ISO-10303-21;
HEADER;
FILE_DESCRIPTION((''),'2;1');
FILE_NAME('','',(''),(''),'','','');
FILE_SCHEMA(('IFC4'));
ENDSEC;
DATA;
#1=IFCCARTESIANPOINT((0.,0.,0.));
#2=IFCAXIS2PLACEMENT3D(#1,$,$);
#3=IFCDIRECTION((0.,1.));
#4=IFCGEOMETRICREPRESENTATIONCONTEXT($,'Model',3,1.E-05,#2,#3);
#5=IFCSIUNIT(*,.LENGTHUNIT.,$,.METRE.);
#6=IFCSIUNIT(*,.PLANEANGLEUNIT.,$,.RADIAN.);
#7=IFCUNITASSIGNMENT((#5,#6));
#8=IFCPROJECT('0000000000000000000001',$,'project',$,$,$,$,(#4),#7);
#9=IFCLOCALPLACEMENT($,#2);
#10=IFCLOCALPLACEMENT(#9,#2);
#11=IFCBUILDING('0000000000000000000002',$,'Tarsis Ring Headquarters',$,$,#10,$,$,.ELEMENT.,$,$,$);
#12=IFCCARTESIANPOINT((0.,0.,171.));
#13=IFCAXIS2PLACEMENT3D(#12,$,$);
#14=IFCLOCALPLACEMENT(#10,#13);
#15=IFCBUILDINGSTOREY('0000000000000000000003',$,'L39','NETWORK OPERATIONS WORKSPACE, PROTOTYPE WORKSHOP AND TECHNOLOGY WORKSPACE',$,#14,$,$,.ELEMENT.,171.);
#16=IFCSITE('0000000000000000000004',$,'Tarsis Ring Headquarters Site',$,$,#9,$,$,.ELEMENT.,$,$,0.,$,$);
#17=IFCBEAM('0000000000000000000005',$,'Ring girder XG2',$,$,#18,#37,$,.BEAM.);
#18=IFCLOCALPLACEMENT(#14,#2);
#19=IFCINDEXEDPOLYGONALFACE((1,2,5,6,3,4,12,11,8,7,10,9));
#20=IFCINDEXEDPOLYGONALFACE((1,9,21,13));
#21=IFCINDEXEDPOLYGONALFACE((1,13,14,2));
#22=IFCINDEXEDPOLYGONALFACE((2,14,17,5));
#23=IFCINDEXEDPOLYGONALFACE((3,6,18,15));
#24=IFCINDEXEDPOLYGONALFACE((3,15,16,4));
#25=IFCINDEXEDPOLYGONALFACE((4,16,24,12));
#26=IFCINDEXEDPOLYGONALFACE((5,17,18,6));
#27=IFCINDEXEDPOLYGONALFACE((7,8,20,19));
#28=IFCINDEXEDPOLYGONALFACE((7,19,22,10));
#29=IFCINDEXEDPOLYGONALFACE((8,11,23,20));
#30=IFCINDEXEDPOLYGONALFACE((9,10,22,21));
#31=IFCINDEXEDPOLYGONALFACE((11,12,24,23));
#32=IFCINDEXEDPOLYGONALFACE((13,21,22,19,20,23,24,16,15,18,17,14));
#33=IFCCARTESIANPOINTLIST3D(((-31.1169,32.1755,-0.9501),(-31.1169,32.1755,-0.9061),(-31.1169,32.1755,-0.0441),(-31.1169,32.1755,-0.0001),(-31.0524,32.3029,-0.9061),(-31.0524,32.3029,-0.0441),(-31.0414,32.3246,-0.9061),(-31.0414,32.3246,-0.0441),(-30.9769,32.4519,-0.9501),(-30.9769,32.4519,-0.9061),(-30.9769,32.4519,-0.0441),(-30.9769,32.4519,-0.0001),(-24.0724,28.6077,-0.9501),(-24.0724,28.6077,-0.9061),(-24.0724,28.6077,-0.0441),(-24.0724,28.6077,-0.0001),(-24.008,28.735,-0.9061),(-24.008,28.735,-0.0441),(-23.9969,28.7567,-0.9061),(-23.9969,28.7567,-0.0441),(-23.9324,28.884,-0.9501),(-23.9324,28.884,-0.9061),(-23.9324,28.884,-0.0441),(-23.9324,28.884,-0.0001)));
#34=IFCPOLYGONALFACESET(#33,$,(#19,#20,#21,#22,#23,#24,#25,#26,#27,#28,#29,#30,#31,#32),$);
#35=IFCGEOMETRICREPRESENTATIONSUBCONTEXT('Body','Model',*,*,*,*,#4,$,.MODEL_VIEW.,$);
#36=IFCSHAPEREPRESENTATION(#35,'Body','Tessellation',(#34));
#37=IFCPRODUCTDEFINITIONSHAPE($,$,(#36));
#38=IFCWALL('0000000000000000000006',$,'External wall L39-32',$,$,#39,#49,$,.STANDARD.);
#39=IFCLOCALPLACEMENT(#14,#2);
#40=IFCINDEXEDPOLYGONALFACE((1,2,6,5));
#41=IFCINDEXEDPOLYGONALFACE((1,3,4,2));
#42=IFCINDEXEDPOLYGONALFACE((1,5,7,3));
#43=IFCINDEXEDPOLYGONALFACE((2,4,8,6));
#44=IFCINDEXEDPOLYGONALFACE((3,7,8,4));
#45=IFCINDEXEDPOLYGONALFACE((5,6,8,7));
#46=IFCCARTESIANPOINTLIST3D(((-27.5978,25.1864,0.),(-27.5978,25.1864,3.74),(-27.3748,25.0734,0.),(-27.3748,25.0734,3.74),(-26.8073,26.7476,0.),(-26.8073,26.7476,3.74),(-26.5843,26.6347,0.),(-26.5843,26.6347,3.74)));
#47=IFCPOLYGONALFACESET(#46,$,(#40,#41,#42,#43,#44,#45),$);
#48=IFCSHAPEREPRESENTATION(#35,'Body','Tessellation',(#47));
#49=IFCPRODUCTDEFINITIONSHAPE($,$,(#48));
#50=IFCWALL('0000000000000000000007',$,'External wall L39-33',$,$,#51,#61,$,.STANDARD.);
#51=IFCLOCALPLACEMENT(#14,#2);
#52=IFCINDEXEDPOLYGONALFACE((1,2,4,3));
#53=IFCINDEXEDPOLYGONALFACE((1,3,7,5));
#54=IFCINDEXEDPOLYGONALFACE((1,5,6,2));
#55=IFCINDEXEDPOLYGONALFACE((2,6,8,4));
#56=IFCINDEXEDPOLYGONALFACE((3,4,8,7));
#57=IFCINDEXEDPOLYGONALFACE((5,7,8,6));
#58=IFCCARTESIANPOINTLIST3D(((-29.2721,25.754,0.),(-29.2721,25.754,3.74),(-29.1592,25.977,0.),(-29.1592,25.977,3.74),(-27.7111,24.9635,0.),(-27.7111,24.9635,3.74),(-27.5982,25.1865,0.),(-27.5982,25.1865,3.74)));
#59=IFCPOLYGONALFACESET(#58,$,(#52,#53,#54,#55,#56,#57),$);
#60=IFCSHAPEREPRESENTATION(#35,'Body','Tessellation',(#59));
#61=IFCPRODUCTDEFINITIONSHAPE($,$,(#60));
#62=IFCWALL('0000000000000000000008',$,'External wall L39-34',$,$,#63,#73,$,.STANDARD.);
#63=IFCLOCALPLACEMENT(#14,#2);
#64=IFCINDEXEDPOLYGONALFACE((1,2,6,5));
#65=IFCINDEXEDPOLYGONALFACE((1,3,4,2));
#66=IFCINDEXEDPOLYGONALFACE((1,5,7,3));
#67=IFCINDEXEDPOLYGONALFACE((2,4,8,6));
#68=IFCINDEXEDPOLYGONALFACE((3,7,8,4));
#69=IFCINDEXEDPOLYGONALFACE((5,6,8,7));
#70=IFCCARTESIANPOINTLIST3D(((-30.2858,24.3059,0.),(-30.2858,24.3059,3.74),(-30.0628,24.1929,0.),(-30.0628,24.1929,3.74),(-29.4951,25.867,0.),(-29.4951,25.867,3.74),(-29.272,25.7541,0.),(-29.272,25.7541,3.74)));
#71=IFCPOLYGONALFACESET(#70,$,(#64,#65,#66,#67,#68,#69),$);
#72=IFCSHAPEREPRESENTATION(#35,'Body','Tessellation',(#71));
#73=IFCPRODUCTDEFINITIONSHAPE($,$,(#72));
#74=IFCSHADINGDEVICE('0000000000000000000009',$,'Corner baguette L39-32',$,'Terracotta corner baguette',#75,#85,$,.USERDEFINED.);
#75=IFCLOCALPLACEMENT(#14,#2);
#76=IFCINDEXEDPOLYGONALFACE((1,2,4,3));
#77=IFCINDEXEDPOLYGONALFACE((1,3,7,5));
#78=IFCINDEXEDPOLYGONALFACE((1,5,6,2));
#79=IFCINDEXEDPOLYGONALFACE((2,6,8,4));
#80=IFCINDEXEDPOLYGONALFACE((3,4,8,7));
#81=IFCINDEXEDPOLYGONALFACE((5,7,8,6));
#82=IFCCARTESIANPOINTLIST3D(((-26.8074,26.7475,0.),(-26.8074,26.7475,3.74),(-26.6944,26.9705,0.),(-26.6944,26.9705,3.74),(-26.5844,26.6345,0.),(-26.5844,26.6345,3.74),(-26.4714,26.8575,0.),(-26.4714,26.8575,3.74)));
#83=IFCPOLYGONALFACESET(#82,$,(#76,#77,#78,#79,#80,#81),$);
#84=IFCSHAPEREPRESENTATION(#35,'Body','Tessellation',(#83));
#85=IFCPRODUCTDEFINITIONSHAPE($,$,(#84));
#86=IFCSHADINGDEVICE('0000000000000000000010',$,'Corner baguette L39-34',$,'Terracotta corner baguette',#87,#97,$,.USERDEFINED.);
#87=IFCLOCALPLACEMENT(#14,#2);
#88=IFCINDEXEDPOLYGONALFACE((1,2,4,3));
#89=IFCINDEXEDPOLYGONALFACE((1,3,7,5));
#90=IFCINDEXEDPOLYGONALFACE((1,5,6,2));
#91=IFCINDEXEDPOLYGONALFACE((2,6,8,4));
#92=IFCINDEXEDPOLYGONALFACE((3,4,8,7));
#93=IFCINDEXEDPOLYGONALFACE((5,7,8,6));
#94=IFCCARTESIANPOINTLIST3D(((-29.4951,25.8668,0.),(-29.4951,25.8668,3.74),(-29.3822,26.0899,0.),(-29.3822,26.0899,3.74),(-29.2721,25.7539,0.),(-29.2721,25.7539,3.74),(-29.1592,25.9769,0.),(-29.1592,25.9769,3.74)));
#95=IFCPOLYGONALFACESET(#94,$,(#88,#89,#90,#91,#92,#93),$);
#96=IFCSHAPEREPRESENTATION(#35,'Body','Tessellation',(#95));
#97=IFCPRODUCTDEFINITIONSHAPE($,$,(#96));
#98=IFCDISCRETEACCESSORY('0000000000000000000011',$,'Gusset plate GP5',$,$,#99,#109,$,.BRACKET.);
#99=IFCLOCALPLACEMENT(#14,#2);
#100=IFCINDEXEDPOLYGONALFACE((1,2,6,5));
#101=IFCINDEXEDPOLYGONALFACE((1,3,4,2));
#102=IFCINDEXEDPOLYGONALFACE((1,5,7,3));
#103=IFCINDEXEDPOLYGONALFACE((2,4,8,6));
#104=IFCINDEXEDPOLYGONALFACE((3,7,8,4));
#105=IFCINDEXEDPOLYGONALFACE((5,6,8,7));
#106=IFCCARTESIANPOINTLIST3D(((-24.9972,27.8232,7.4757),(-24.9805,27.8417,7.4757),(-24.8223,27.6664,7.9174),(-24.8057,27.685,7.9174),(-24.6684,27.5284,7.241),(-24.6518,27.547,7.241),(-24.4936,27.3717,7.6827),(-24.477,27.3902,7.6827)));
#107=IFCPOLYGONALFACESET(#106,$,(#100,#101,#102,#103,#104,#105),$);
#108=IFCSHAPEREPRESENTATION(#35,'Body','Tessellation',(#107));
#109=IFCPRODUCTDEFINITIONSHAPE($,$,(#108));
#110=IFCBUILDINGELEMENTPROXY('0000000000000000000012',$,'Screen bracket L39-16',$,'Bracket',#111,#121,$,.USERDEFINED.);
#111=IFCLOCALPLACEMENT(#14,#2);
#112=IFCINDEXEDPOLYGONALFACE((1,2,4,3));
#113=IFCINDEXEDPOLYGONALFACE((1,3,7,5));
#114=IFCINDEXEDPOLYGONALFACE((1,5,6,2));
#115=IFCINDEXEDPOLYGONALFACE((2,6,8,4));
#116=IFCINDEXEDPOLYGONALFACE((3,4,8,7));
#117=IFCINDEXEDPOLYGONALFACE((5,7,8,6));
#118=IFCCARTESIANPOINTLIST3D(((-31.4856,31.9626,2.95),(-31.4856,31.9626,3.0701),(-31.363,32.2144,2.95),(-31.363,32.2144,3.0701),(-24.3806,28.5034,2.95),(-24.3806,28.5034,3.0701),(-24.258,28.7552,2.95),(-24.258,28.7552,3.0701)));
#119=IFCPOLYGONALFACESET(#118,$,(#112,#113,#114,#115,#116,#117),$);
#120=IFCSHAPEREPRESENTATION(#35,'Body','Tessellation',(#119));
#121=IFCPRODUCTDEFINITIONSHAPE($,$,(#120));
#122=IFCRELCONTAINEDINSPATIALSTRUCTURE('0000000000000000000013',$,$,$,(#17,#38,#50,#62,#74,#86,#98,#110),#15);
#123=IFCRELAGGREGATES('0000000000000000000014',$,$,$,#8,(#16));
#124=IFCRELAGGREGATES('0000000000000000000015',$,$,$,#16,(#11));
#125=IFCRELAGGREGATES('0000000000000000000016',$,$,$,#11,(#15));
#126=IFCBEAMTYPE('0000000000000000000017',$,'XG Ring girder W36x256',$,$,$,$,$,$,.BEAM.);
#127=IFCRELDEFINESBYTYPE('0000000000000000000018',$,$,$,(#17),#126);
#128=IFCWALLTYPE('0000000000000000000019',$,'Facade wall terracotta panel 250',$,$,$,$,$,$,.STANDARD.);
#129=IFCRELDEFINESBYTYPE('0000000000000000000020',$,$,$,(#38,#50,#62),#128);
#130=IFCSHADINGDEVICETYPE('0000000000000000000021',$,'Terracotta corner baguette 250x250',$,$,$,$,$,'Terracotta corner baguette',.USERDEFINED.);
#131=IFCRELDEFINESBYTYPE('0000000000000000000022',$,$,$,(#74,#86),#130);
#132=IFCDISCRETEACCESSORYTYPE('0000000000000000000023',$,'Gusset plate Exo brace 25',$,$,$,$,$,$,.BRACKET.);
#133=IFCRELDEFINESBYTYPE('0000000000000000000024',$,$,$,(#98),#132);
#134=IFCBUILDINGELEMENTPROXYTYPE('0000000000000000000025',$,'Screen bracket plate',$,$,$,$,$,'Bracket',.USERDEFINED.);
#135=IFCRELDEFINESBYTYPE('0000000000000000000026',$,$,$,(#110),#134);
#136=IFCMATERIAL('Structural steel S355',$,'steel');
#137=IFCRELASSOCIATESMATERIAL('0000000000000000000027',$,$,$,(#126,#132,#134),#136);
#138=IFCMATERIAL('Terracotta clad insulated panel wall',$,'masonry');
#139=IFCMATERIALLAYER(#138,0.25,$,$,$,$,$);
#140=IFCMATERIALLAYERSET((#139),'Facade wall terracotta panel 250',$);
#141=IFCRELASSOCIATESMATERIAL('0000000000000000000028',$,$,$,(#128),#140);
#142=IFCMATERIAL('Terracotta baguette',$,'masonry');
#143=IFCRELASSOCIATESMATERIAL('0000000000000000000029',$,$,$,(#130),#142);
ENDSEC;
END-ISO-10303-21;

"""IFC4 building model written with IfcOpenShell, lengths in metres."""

from ifc_helpers import new_model, si_unit, direction, frame, frame_2d, origin, origin_2d, place, context, subcontext, project, spatial, rectangle, i_section, extrude, material, layer, layer_set, material_profile, profile_set, type_object, element, save


model = new_model("IFC4")

# Units and contexts
model_context = context("Model", 3, precision=1e-05, world=origin(), true_north=direction((0.0, 1.0)))
body_context = subcontext(model_context, "Body", "Model", "MODEL_VIEW")
ifc_project = project(units=[si_unit("LENGTHUNIT", "METRE"), si_unit("PLANEANGLEUNIT", "RADIAN")], contexts=[model_context])

# Site, building, storey
site_placement = place(None, origin())
site = spatial("IfcSite", under=ifc_project, at=site_placement, Name="Tarsis Ring Headquarters Site", CompositionType="ELEMENT", RefElevation=0.0)
building_placement = place(site_placement, origin())
building = spatial("IfcBuilding", under=site, at=building_placement, Name="Tarsis Ring Headquarters", CompositionType="ELEMENT")
storey_placement = place(building_placement, frame((0.0, 0.0, 171.0)))
storey = spatial("IfcBuildingStorey", under=building, at=storey_placement, Name="L39", Description="NETWORK OPERATIONS WORKSPACE, PROTOTYPE WORKSHOP AND TECHNOLOGY WORKSPACE", CompositionType="ELEMENT", Elevation=171.0)

# Shared definitions
ifc_material_1 = material(Name="Structural steel S355", Category="steel")

# Shared definitions
ifc_material_profile_1 = material_profile(ifc_material_1, i_section(OverallWidth=0.3098, OverallDepth=0.95, WebThickness=0.0244, FlangeThickness=0.0439, at=origin_2d()), Name="W36x256")
ifc_profile_set_1 = profile_set([ifc_material_profile_1], Name="Structural steel S355")

# Beam
beam_type_1 = type_object("IfcBeamType", Name="XG Ring girder W36x256", PredefinedType="BEAM", material=ifc_profile_set_1)
beam_1_placement = place(storey_placement, frame((-24.0024, 28.7458, -0.4751), z_axis=(-0.892103, 0.451833, 0.0), x_axis=(-0.451833, -0.892103, 0.0)))
element("IfcBeam", 1, at=beam_1_placement, inside=storey, type_object=beam_type_1, Name="Ring girder XG2", PredefinedType="BEAM", context=body_context, shape_type="SweptSolid", body=[
    extrude(i_section(OverallWidth=0.3098, OverallDepth=0.95, WebThickness=0.0244, FlangeThickness=0.0439, at=origin_2d()), origin(), (0.0, 0.0, 1.0), 7.8965),
])

# Walls
ifc_material_2 = material(Name="Terracotta clad insulated panel wall", Category="masonry")
ifc_layer = layer(ifc_material_2, 0.25)
ifc_layer_set = layer_set([ifc_layer], Name="Facade wall terracotta panel 250")
wall_type = type_object("IfcWallType", Name="Facade wall terracotta panel 250", PredefinedType="STANDARD", material=ifc_layer_set)
wall_1_placement = place(storey_placement, frame((-26.6958, 26.6912, 0.0), z_axis=(0.0, 0.0, 1.0), x_axis=(-0.451728, -0.892156, 0.0)))
element("IfcWall", 2, at=wall_1_placement, inside=storey, type_object=wall_type, Name="External wall L39-32", PredefinedType="STANDARD", context=body_context, shape_type="SweptSolid", body=[
    extrude(rectangle(XDim=1.75, YDim=0.25, at=frame_2d((0.875, 0.0))), origin(), (0.0, 0.0, 1.0), 3.74),
])
wall_2_placement = place(storey_placement, frame((-27.6545, 25.075, 0.0), z_axis=(0.0, 0.0, 1.0), x_axis=(-0.892127, 0.451784, 0.0)))
element("IfcWall", 3, at=wall_2_placement, inside=storey, type_object=wall_type, Name="External wall L39-33", PredefinedType="STANDARD", context=body_context, shape_type="SweptSolid", body=[
    extrude(rectangle(XDim=1.7498, YDim=0.25, at=frame_2d((0.875, 0.0))), origin(), (0.0, 0.0, 1.0), 3.74),
])
wall_3_placement = place(storey_placement, frame((-29.3835, 25.8105, 0.0), z_axis=(0.0, 0.0, 1.0), x_axis=(-0.451839, -0.8921, 0.0)))
element("IfcWall", 4, at=wall_3_placement, inside=storey, type_object=wall_type, Name="External wall L39-34", PredefinedType="STANDARD", context=body_context, shape_type="SweptSolid", body=[
    extrude(rectangle(XDim=1.75, YDim=0.25, at=frame_2d((0.875, 0.0))), origin(), (0.0, 0.0, 1.0), 3.74),
])

# Shading devices
ifc_material_3 = material(Name="Terracotta baguette", Category="masonry")
shading_device_type_1 = type_object("IfcShadingDeviceType", Name="Terracotta corner baguette 250x250", ElementType="Terracotta corner baguette", PredefinedType="USERDEFINED", material=ifc_material_3)
for number, where, z_axis, x_axis, name in (
    (5, (-26.6394, 26.8025, 0.0), (0.0, 0.0, 1.0), (-0.892113, 0.451812, 0.0), "Corner baguette L39-32"),
    (6, (-29.3271, 25.9219, 0.0), (0.0, 0.0, 1.0), (-0.892113, 0.451812, 0.0), "Corner baguette L39-34"),
):
    element("IfcShadingDevice", number, at=place(storey_placement, frame(where, z_axis=z_axis, x_axis=x_axis)), inside=storey, type_object=shading_device_type_1, Name=name, ObjectType="Terracotta corner baguette", PredefinedType="USERDEFINED", context=body_context, shape_type="SweptSolid", body=[
        extrude(rectangle(XDim=0.25, YDim=0.25, at=origin_2d()), origin(), (0.0, 0.0, 1.0), 3.74),
    ])

# Discrete accessory
ifc_material_profile_2 = material_profile(ifc_material_1, rectangle(XDim=0.0249, YDim=0.5, at=origin_2d()), Name="PL 25x500")
ifc_profile_set_2 = profile_set([ifc_material_profile_2], Name="Structural steel S355")
discrete_accessory_type = type_object("IfcDiscreteAccessoryType", Name="Gusset plate Exo brace 25", PredefinedType="BRACKET", material=ifc_profile_set_2)
discrete_accessory_placement = place(storey_placement, frame((-24.6497, 27.5283, 7.8), z_axis=(-0.349485, 0.313365, -0.882985), x_axis=(-0.667585, -0.744534, 0.0)))
element("IfcDiscreteAccessory", 7, at=discrete_accessory_placement, inside=storey, type_object=discrete_accessory_type, Name="Gusset plate GP5", PredefinedType="BRACKET", context=body_context, shape_type="SweptSolid", body=[
    extrude(rectangle(XDim=0.0249, YDim=0.5, at=origin_2d()), origin(), (0.0, 0.0, 1.0), 0.5002),
])

# Building element proxy
building_element_proxy_type = type_object("IfcBuildingElementProxyType", Name="Screen bracket plate", ElementType="Bracket", PredefinedType="USERDEFINED", material=ifc_material_1)
proxy_placement = place(storey_placement, frame((-27.8718, 30.3589, 2.95), z_axis=(0.0, 0.0, 1.0), x_axis=(-0.8991, 0.437744, 0.0)))
element("IfcBuildingElementProxy", 8, at=proxy_placement, inside=storey, type_object=building_element_proxy_type, Name="Screen bracket L39-16", ObjectType="Bracket", PredefinedType="USERDEFINED", context=body_context, shape_type="SweptSolid", body=[
    extrude(rectangle(XDim=7.9023, YDim=0.28, at=origin_2d()), origin(), (0.0, 0.0, 1.0), 0.1201),
])

save(model, "model.ifc")
